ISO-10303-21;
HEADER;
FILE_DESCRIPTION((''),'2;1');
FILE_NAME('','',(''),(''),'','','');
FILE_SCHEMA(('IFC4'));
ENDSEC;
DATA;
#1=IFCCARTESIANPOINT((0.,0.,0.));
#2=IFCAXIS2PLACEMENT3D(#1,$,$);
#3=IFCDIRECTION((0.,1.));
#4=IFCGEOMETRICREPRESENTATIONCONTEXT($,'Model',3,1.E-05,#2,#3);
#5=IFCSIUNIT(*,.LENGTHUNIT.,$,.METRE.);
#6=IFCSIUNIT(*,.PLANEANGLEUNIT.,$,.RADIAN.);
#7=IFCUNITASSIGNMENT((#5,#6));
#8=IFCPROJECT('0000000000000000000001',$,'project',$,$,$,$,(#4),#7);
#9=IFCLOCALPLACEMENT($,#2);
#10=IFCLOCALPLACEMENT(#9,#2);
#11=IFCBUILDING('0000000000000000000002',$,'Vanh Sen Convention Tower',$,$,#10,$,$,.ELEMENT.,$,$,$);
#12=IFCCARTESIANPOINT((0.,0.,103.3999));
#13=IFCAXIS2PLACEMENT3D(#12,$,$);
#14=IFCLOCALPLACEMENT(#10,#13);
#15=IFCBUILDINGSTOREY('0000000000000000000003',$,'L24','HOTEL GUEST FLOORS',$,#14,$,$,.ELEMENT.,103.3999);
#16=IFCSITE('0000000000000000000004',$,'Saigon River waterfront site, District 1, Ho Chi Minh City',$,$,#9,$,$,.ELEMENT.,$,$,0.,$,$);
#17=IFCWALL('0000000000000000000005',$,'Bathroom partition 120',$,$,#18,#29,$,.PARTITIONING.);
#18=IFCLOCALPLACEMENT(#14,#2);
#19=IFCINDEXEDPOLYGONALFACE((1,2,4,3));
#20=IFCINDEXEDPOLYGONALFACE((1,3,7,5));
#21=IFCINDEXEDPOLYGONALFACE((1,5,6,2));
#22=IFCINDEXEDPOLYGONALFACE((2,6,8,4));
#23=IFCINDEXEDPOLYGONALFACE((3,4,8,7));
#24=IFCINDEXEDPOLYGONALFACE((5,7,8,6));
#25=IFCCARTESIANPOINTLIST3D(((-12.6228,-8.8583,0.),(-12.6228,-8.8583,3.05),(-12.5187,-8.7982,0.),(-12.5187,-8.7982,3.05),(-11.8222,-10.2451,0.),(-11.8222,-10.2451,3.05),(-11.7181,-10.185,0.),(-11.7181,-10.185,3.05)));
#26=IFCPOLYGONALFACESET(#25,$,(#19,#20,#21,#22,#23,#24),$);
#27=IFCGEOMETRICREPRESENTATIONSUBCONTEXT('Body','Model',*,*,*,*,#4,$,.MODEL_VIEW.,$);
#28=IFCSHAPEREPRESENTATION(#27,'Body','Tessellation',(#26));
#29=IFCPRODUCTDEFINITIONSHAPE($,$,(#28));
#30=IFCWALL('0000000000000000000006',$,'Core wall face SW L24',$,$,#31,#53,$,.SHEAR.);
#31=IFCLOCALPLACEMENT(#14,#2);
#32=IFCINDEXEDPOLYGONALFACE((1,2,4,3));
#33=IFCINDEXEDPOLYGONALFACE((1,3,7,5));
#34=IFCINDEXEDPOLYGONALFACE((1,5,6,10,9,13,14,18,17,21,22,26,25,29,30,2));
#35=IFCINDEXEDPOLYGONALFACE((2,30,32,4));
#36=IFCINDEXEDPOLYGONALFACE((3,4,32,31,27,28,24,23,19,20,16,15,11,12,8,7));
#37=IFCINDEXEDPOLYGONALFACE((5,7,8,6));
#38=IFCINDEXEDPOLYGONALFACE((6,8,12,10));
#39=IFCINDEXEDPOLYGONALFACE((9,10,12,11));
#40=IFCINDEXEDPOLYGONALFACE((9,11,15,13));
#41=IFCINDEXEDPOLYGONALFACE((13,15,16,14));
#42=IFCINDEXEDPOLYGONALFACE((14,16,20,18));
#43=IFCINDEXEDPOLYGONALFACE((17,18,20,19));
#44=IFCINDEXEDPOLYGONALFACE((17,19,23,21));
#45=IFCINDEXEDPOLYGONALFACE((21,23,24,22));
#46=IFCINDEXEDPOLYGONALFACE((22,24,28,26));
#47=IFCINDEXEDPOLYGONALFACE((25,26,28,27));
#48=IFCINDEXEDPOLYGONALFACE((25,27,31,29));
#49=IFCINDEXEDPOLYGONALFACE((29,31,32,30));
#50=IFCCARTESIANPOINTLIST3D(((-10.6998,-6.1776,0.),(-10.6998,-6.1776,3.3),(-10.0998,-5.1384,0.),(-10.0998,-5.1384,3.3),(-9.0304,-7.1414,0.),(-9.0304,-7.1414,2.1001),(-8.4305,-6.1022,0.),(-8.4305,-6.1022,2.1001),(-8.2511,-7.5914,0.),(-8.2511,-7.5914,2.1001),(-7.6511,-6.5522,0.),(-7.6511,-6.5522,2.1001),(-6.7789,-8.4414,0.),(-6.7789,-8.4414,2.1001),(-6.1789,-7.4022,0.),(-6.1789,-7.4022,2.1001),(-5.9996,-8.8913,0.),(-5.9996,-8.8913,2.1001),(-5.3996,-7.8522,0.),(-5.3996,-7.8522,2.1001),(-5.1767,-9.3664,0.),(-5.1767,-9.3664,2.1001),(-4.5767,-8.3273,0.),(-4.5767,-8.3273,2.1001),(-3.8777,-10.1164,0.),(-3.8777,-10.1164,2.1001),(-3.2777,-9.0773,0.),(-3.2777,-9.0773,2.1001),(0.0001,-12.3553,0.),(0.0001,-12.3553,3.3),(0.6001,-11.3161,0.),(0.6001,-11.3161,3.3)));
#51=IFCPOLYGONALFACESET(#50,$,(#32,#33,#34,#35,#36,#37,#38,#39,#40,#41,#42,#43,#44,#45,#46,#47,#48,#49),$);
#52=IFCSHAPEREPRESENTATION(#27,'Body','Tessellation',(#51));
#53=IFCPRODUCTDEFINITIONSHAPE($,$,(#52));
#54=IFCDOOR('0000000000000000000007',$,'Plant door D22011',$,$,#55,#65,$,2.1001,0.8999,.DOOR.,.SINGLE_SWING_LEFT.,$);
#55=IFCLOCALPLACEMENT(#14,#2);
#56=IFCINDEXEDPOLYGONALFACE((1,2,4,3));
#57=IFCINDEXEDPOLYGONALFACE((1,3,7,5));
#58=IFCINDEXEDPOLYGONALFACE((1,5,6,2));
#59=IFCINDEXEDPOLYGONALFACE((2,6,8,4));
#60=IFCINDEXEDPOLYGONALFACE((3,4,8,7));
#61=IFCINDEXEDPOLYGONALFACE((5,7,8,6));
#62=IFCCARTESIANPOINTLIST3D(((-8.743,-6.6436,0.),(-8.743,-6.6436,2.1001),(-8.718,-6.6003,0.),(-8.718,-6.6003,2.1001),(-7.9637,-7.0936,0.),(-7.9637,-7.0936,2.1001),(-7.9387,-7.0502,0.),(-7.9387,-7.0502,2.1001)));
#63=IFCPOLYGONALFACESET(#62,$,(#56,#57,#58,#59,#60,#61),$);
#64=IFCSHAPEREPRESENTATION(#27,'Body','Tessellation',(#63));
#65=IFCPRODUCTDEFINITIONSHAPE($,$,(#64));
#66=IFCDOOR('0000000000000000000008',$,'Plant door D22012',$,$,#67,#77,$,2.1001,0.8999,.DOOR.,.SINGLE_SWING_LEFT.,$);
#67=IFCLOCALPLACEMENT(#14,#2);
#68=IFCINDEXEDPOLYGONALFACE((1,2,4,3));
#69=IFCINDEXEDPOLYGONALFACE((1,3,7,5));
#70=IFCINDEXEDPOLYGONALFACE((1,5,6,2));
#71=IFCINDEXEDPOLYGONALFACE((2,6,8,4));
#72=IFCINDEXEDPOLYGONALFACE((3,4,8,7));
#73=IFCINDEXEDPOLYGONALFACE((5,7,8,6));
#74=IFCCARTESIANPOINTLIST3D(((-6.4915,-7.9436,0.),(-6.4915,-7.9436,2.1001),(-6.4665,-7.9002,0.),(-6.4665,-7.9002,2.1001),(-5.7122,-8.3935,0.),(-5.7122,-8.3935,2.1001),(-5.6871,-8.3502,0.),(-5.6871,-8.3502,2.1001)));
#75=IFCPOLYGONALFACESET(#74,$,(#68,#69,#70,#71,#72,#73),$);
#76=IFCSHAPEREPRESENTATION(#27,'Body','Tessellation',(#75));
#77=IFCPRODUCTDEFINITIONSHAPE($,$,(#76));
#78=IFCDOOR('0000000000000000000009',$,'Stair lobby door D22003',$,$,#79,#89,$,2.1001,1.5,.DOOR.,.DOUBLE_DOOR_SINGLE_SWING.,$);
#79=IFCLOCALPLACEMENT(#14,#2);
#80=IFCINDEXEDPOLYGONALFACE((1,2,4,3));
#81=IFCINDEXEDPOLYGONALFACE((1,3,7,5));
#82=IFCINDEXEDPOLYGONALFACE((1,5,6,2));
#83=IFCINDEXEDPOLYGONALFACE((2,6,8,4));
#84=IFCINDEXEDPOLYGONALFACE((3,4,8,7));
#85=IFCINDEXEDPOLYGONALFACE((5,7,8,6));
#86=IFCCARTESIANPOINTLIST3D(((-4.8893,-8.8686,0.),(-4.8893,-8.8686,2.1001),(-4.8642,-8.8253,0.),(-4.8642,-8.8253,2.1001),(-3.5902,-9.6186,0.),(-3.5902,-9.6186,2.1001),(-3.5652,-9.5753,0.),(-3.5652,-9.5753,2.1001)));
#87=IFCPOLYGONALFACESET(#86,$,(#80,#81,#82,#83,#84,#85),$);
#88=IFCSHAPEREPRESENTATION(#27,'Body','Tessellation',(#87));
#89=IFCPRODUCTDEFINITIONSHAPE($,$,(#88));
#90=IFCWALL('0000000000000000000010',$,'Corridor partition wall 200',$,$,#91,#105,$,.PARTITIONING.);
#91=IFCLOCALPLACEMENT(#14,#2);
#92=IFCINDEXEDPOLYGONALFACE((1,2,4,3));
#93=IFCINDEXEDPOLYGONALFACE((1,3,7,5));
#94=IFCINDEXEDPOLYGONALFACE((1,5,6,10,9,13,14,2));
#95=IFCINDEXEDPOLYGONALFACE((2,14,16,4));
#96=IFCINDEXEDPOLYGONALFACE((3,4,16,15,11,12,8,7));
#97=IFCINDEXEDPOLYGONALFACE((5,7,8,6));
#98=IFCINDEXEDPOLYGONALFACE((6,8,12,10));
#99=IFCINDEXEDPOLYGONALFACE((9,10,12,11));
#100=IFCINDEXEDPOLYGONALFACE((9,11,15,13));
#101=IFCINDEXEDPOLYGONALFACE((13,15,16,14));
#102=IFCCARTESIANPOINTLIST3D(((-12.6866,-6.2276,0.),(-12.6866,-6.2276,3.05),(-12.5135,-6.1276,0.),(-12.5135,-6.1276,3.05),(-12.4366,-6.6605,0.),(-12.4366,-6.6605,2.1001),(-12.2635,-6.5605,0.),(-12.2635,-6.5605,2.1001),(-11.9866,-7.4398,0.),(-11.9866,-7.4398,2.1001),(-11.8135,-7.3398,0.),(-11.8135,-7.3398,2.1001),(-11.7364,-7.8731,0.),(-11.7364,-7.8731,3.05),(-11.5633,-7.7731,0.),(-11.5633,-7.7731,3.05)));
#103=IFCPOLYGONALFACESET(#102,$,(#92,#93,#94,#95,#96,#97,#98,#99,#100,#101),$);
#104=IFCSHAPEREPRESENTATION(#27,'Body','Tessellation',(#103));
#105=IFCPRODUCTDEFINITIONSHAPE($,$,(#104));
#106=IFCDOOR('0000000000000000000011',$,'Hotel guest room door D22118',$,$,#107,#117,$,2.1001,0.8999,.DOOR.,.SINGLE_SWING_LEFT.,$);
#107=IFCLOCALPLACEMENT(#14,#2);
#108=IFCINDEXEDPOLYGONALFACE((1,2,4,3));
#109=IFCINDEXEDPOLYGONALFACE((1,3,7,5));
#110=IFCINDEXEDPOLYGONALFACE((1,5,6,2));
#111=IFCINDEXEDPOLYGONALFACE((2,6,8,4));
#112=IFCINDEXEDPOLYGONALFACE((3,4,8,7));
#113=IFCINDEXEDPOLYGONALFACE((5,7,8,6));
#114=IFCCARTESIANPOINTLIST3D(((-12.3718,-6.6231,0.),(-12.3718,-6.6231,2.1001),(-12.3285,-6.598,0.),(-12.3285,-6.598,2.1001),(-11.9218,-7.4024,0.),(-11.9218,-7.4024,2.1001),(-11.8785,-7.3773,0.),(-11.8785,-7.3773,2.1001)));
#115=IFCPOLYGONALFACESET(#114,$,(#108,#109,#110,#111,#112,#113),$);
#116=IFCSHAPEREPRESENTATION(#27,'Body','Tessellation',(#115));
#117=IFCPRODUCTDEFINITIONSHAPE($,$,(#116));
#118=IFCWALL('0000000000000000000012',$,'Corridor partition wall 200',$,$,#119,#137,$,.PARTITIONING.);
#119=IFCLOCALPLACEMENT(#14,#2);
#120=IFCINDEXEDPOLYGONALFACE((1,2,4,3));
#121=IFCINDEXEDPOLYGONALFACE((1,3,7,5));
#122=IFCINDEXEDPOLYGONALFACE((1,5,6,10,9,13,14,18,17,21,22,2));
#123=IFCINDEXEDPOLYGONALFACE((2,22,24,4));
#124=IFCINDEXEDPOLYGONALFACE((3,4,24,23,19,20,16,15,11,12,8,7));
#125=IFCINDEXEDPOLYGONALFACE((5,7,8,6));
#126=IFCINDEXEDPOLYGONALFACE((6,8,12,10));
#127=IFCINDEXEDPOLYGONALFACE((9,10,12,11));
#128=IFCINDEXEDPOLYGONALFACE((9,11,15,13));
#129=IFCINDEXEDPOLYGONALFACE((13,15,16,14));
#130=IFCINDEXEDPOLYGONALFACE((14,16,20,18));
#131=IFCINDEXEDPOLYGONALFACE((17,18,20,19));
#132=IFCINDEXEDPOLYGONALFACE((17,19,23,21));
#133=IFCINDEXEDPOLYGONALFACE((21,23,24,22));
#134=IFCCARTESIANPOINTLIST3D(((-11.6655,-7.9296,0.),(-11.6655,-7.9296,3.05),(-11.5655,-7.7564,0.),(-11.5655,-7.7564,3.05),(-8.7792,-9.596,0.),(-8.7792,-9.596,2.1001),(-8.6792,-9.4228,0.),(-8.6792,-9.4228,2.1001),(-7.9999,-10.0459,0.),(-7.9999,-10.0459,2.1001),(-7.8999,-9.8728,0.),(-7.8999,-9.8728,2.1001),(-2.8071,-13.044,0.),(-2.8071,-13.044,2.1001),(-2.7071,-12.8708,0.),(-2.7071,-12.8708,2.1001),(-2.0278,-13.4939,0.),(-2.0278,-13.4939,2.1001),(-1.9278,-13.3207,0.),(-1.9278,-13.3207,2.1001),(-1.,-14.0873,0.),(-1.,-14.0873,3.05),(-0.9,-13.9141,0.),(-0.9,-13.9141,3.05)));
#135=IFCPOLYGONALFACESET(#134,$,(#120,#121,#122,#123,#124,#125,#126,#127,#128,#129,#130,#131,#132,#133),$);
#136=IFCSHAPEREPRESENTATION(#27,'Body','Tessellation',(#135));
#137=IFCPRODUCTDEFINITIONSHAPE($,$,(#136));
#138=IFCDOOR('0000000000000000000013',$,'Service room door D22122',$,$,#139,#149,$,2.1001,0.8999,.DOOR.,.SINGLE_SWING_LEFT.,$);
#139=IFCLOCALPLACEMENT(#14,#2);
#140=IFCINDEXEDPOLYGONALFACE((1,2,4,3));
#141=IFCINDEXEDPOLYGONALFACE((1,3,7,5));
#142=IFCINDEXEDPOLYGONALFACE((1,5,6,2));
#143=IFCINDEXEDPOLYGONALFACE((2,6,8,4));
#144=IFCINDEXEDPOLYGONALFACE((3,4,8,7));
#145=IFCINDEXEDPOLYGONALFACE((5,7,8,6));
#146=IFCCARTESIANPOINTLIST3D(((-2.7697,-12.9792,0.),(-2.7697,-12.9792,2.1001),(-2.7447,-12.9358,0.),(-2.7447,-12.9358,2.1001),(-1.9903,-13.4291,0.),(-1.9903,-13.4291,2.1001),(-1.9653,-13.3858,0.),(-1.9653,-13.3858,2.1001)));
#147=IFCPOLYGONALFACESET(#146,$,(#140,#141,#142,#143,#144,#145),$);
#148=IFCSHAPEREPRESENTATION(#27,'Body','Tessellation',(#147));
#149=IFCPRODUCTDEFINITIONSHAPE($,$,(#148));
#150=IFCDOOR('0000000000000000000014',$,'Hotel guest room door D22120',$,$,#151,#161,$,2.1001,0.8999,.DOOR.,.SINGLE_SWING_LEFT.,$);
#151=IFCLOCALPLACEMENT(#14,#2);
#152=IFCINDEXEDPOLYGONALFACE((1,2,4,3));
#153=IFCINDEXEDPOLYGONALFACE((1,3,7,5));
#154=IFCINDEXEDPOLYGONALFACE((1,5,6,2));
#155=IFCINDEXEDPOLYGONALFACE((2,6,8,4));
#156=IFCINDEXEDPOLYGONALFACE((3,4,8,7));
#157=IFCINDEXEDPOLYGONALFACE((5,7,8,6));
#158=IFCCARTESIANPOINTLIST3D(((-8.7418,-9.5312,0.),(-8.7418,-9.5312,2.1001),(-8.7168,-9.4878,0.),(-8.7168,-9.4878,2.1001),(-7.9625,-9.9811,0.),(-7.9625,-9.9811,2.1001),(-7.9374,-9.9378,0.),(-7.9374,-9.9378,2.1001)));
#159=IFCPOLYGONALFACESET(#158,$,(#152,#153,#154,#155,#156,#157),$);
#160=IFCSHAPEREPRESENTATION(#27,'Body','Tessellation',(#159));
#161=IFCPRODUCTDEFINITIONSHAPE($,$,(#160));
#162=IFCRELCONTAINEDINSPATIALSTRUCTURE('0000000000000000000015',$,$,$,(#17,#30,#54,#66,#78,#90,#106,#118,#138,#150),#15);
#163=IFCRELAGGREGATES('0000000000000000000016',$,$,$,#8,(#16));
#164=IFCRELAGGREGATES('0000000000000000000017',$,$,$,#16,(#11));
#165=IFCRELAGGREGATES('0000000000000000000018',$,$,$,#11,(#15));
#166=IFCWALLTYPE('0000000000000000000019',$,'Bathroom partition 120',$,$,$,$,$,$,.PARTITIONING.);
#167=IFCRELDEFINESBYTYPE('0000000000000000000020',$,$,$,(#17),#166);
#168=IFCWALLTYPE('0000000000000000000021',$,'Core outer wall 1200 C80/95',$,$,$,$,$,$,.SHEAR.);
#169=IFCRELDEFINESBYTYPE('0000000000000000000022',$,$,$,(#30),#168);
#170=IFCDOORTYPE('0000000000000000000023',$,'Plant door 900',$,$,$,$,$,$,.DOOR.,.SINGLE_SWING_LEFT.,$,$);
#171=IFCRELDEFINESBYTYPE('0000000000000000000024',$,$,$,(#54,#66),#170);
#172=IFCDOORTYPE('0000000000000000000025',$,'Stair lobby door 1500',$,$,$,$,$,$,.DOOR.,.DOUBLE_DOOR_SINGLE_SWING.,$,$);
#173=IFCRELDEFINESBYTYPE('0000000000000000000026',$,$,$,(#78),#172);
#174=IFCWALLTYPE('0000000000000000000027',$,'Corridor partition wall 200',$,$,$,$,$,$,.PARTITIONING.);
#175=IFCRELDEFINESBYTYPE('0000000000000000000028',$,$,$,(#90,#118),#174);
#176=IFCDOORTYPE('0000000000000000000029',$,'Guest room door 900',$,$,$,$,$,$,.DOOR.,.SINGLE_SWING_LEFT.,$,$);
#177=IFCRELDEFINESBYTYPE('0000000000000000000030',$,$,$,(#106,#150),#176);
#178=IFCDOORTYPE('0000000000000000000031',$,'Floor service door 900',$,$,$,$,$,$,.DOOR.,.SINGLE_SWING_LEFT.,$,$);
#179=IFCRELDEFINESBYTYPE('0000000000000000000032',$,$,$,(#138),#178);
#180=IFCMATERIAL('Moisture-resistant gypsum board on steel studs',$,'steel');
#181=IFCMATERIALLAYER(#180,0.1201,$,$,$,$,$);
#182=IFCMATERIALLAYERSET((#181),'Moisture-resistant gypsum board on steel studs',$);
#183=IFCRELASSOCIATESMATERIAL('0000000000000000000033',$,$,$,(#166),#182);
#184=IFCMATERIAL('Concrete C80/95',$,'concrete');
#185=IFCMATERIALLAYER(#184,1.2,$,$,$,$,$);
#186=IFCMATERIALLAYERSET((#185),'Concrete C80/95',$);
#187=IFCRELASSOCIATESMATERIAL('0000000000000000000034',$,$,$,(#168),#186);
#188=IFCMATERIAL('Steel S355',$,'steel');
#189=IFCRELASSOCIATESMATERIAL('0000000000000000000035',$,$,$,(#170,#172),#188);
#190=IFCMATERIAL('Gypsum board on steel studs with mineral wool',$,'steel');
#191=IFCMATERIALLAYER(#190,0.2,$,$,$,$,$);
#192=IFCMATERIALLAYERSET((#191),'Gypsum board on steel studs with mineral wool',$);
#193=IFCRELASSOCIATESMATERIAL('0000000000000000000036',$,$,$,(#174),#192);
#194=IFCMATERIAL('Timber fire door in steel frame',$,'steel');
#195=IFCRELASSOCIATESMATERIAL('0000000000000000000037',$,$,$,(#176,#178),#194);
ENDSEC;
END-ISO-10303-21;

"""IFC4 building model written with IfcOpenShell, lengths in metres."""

from ifc_helpers import new_model, si_unit, direction, frame, frame_2d, origin, place, context, subcontext, project, spatial, rectangle, extrude, material, layer, layer_set, type_object, element, fill, save


model = new_model("IFC4")

# Units and contexts
model_context = context("Model", 3, precision=1e-05, world=origin(), true_north=direction((0.0, 1.0)))
body_context = subcontext(model_context, "Body", "Model", "MODEL_VIEW")
ifc_project = project(units=[si_unit("LENGTHUNIT", "METRE"), si_unit("PLANEANGLEUNIT", "RADIAN")], contexts=[model_context])

# Site, building, storey
site_placement = place(None, origin())
site = spatial("IfcSite", under=ifc_project, at=site_placement, Name="Saigon River waterfront site, District 1, Ho Chi Minh City", CompositionType="ELEMENT", RefElevation=0.0)
building_placement = place(site_placement, origin())
building = spatial("IfcBuilding", under=site, at=building_placement, Name="Vanh Sen Convention Tower", CompositionType="ELEMENT")
storey_placement = place(building_placement, frame((0.0, 0.0, 103.3999)))
storey = spatial("IfcBuildingStorey", under=building, at=storey_placement, Name="L24", Description="HOTEL GUEST FLOORS", CompositionType="ELEMENT", Elevation=103.3999)

# Wall
ifc_material_1 = material(Name="Moisture-resistant gypsum board on steel studs", Category="steel")
ifc_layer_1 = layer(ifc_material_1, 0.1201)
ifc_layer_set_1 = layer_set([ifc_layer_1], Name="Moisture-resistant gypsum board on steel studs")
wall_type_1 = type_object("IfcWallType", Name="Bathroom partition 120", PredefinedType="PARTITIONING", material=ifc_layer_set_1)
wall_1_placement = place(storey_placement, frame((-12.5708, -8.8281, 0.0), z_axis=(0.0, 0.0, 1.0), x_axis=(0.49996, -0.866048, 0.0)))
element("IfcWall", 1, at=wall_1_placement, inside=storey, type_object=wall_type_1, Name="Bathroom partition 120", PredefinedType="PARTITIONING", context=body_context, shape_type="SweptSolid", body=[
    extrude(rectangle(XDim=1.6013, YDim=0.1201, at=frame_2d((0.8008, 0.0))), origin(), (0.0, 0.0, 1.0), 3.05),
])

# Wall, openings, doors
ifc_material_2 = material(Name="Concrete C80/95", Category="concrete")
ifc_layer_2 = layer(ifc_material_2, 1.2)
ifc_layer_set_2 = layer_set([ifc_layer_2], Name="Concrete C80/95")
wall_type_2 = type_object("IfcWallType", Name="Core outer wall 1200 C80/95", PredefinedType="SHEAR", material=ifc_layer_set_2)
wall_2_placement = place(storey_placement, frame((-10.3999, -5.658, 0.0), z_axis=(0.0, 0.0, 1.0), x_axis=(0.866021, -0.500007, 0.0)))
wall_2 = element("IfcWall", 2, at=wall_2_placement, inside=storey, type_object=wall_type_2, Name="Core wall face SW L24", PredefinedType="SHEAR", context=body_context, shape_type="SweptSolid", body=[
    extrude(rectangle(XDim=12.3552, YDim=1.2, at=frame_2d((6.1777, 0.0))), origin(), (0.0, 0.0, 1.0), 3.3),
])
opening_1_placement = place(wall_2_placement, frame((6.3777, 0.0, 0.0)))
opening_1 = element("IfcOpeningElement", 3, at=opening_1_placement, cuts=wall_2, PredefinedType="OPENING", context=body_context, shape_type="SweptSolid", body=[
    extrude(rectangle(XDim=1.5, YDim=2.1001, at=frame_2d((0.75, 1.05))), frame((0.0, 0.6099, 0.0), z_axis=(0.0, -1.0, 0.0), x_axis=(1.0, 0.0, 0.0)), (0.0, 0.0, 1.0), 1.22),
])
opening_2_placement = place(wall_2_placement, frame((1.9277, 0.0, 0.0)))
opening_2 = element("IfcOpeningElement", 4, at=opening_2_placement, cuts=wall_2, PredefinedType="OPENING", context=body_context, shape_type="SweptSolid", body=[
    extrude(rectangle(XDim=0.8999, YDim=2.1001, at=frame_2d((0.45, 1.05))), frame((0.0, 0.6099, 0.0), z_axis=(0.0, -1.0, 0.0), x_axis=(1.0, 0.0, 0.0)), (0.0, 0.0, 1.0), 1.22),
])
opening_3_placement = place(wall_2_placement, frame((4.5276, 0.0, 0.0)))
opening_3 = element("IfcOpeningElement", 5, at=opening_3_placement, cuts=wall_2, PredefinedType="OPENING", context=body_context, shape_type="SweptSolid", body=[
    extrude(rectangle(XDim=0.8999, YDim=2.1001, at=frame_2d((0.45, 1.05))), frame((0.0, 0.6099, 0.0), z_axis=(0.0, -1.0, 0.0), x_axis=(1.0, 0.0, 0.0)), (0.0, 0.0, 1.0), 1.22),
])
ifc_material_3 = material(Name="Steel S355", Category="steel")
door_type_1 = type_object("IfcDoorType", Name="Plant door 900", OperationType="SINGLE_SWING_LEFT", PredefinedType="DOOR", material=ifc_material_3)
door_1_placement = place(opening_2_placement, origin())
door_1 = element("IfcDoor", 6, at=door_1_placement, inside=storey, type_object=door_type_1, Name="Plant door D22011", OperationType="SINGLE_SWING_LEFT", OverallHeight=2.1001, OverallWidth=0.8999, PredefinedType="DOOR", context=body_context, shape_type="SweptSolid", body=[
    extrude(rectangle(XDim=0.8999, YDim=2.1001, at=frame_2d((0.45, 1.05))), frame((0.0, 0.0249, 0.0), z_axis=(0.0, -1.0, 0.0), x_axis=(1.0, 0.0, 0.0)), (0.0, 0.0, 1.0), 0.05),
])
fill(opening_2, door_1)
door_2_placement = place(opening_3_placement, origin())
door_2 = element("IfcDoor", 7, at=door_2_placement, inside=storey, type_object=door_type_1, Name="Plant door D22012", OperationType="SINGLE_SWING_LEFT", OverallHeight=2.1001, OverallWidth=0.8999, PredefinedType="DOOR", context=body_context, shape_type="SweptSolid", body=[
    extrude(rectangle(XDim=0.8999, YDim=2.1001, at=frame_2d((0.45, 1.05))), frame((0.0, 0.0249, 0.0), z_axis=(0.0, -1.0, 0.0), x_axis=(1.0, 0.0, 0.0)), (0.0, 0.0, 1.0), 0.05),
])
fill(opening_3, door_2)
door_type_2 = type_object("IfcDoorType", Name="Stair lobby door 1500", OperationType="DOUBLE_DOOR_SINGLE_SWING", PredefinedType="DOOR", material=ifc_material_3)
door_3_placement = place(opening_1_placement, origin())
door_3 = element("IfcDoor", 8, at=door_3_placement, inside=storey, type_object=door_type_2, Name="Stair lobby door D22003", OperationType="DOUBLE_DOOR_SINGLE_SWING", OverallHeight=2.1001, OverallWidth=1.5, PredefinedType="DOOR", context=body_context, shape_type="SweptSolid", body=[
    extrude(rectangle(XDim=1.5, YDim=2.1001, at=frame_2d((0.75, 1.05))), frame((0.0, 0.0249, 0.0), z_axis=(0.0, -1.0, 0.0), x_axis=(1.0, 0.0, 0.0)), (0.0, 0.0, 1.0), 0.05),
])
fill(opening_1, door_3)

# Wall, opening, door
ifc_material_4 = material(Name="Gypsum board on steel studs with mineral wool", Category="steel")
ifc_layer_3 = layer(ifc_material_4, 0.2)
ifc_layer_set_3 = layer_set([ifc_layer_3], Name="Gypsum board on steel studs with mineral wool")
wall_type_3 = type_object("IfcWallType", Name="Corridor partition wall 200", PredefinedType="PARTITIONING", material=ifc_layer_set_3)
wall_3_placement = place(storey_placement, frame((-12.6001, -6.1775, 0.0), z_axis=(0.0, 0.0, 1.0), x_axis=(0.500064, -0.865989, 0.0)))
wall_3 = element("IfcWall", 9, at=wall_3_placement, inside=storey, type_object=wall_type_3, Name="Corridor partition wall 200", PredefinedType="PARTITIONING", context=body_context, shape_type="SweptSolid", body=[
    extrude(rectangle(XDim=1.9001, YDim=0.2, at=frame_2d((0.9502, 0.0))), origin(), (0.0, 0.0, 1.0), 3.05),
])
opening_4_placement = place(wall_3_placement, frame((0.5, 0.0, 0.0)))
opening_4 = element("IfcOpeningElement", 10, at=opening_4_placement, cuts=wall_3, PredefinedType="OPENING", context=body_context, shape_type="SweptSolid", body=[
    extrude(rectangle(XDim=0.8999, YDim=2.1001, at=frame_2d((0.45, 1.05))), frame((0.0, 0.1099, 0.0), z_axis=(0.0, -1.0, 0.0), x_axis=(1.0, 0.0, 0.0)), (0.0, 0.0, 1.0), 0.22),
])
ifc_material_5 = material(Name="Timber fire door in steel frame", Category="steel")
door_type_3 = type_object("IfcDoorType", Name="Guest room door 900", OperationType="SINGLE_SWING_LEFT", PredefinedType="DOOR", material=ifc_material_5)
door_4_placement = place(opening_4_placement, origin())
door_4 = element("IfcDoor", 11, at=door_4_placement, inside=storey, type_object=door_type_3, Name="Hotel guest room door D22118", OperationType="SINGLE_SWING_LEFT", OverallHeight=2.1001, OverallWidth=0.8999, PredefinedType="DOOR", context=body_context, shape_type="SweptSolid", body=[
    extrude(rectangle(XDim=0.8999, YDim=2.1001, at=frame_2d((0.45, 1.05))), frame((0.0, 0.0249, 0.0), z_axis=(0.0, -1.0, 0.0), x_axis=(1.0, 0.0, 0.0)), (0.0, 0.0, 1.0), 0.05),
])
fill(opening_4, door_4)

# Wall, openings, doors
wall_4_placement = place(storey_placement, frame((-11.6155, -7.843, 0.0), z_axis=(0.0, 0.0, 1.0), x_axis=(0.866026, -0.499998, 0.0)))
wall_4 = element("IfcWall", 12, at=wall_4_placement, inside=storey, type_object=wall_type_3, Name="Corridor partition wall 200", PredefinedType="PARTITIONING", context=body_context, shape_type="SweptSolid", body=[
    extrude(rectangle(XDim=12.3154, YDim=0.2, at=frame_2d((6.1577, 0.0))), origin(), (0.0, 0.0, 1.0), 3.05),
])
opening_5_placement = place(wall_4_placement, frame((3.3328, 0.0, 0.0)))
opening_5 = element("IfcOpeningElement", 13, at=opening_5_placement, cuts=wall_4, PredefinedType="OPENING", context=body_context, shape_type="SweptSolid", body=[
    extrude(rectangle(XDim=0.8999, YDim=2.1001, at=frame_2d((0.45, 1.05))), frame((0.0, 0.1099, 0.0), z_axis=(0.0, -1.0, 0.0), x_axis=(1.0, 0.0, 0.0)), (0.0, 0.0, 1.0), 0.22),
])
opening_6_placement = place(wall_4_placement, frame((10.2288, 0.0, 0.0)))
opening_6 = element("IfcOpeningElement", 14, at=opening_6_placement, cuts=wall_4, PredefinedType="OPENING", context=body_context, shape_type="SweptSolid", body=[
    extrude(rectangle(XDim=0.8999, YDim=2.1001, at=frame_2d((0.45, 1.05))), frame((0.0, 0.1099, 0.0), z_axis=(0.0, -1.0, 0.0), x_axis=(1.0, 0.0, 0.0)), (0.0, 0.0, 1.0), 0.22),
])
door_type_4 = type_object("IfcDoorType", Name="Floor service door 900", OperationType="SINGLE_SWING_LEFT", PredefinedType="DOOR", material=ifc_material_5)
door_5_placement = place(opening_6_placement, origin())
door_5 = element("IfcDoor", 15, at=door_5_placement, inside=storey, type_object=door_type_4, Name="Service room door D22122", OperationType="SINGLE_SWING_LEFT", OverallHeight=2.1001, OverallWidth=0.8999, PredefinedType="DOOR", context=body_context, shape_type="SweptSolid", body=[
    extrude(rectangle(XDim=0.8999, YDim=2.1001, at=frame_2d((0.45, 1.05))), frame((0.0, 0.0249, 0.0), z_axis=(0.0, -1.0, 0.0), x_axis=(1.0, 0.0, 0.0)), (0.0, 0.0, 1.0), 0.05),
])
fill(opening_6, door_5)
door_6_placement = place(opening_5_placement, origin())
door_6 = element("IfcDoor", 16, at=door_6_placement, inside=storey, type_object=door_type_3, Name="Hotel guest room door D22120", OperationType="SINGLE_SWING_LEFT", OverallHeight=2.1001, OverallWidth=0.8999, PredefinedType="DOOR", context=body_context, shape_type="SweptSolid", body=[
    extrude(rectangle(XDim=0.8999, YDim=2.1001, at=frame_2d((0.45, 1.05))), frame((0.0, 0.0249, 0.0), z_axis=(0.0, -1.0, 0.0), x_axis=(1.0, 0.0, 0.0)), (0.0, 0.0, 1.0), 0.05),
])
fill(opening_5, door_6)

save(model, "model.ifc")
